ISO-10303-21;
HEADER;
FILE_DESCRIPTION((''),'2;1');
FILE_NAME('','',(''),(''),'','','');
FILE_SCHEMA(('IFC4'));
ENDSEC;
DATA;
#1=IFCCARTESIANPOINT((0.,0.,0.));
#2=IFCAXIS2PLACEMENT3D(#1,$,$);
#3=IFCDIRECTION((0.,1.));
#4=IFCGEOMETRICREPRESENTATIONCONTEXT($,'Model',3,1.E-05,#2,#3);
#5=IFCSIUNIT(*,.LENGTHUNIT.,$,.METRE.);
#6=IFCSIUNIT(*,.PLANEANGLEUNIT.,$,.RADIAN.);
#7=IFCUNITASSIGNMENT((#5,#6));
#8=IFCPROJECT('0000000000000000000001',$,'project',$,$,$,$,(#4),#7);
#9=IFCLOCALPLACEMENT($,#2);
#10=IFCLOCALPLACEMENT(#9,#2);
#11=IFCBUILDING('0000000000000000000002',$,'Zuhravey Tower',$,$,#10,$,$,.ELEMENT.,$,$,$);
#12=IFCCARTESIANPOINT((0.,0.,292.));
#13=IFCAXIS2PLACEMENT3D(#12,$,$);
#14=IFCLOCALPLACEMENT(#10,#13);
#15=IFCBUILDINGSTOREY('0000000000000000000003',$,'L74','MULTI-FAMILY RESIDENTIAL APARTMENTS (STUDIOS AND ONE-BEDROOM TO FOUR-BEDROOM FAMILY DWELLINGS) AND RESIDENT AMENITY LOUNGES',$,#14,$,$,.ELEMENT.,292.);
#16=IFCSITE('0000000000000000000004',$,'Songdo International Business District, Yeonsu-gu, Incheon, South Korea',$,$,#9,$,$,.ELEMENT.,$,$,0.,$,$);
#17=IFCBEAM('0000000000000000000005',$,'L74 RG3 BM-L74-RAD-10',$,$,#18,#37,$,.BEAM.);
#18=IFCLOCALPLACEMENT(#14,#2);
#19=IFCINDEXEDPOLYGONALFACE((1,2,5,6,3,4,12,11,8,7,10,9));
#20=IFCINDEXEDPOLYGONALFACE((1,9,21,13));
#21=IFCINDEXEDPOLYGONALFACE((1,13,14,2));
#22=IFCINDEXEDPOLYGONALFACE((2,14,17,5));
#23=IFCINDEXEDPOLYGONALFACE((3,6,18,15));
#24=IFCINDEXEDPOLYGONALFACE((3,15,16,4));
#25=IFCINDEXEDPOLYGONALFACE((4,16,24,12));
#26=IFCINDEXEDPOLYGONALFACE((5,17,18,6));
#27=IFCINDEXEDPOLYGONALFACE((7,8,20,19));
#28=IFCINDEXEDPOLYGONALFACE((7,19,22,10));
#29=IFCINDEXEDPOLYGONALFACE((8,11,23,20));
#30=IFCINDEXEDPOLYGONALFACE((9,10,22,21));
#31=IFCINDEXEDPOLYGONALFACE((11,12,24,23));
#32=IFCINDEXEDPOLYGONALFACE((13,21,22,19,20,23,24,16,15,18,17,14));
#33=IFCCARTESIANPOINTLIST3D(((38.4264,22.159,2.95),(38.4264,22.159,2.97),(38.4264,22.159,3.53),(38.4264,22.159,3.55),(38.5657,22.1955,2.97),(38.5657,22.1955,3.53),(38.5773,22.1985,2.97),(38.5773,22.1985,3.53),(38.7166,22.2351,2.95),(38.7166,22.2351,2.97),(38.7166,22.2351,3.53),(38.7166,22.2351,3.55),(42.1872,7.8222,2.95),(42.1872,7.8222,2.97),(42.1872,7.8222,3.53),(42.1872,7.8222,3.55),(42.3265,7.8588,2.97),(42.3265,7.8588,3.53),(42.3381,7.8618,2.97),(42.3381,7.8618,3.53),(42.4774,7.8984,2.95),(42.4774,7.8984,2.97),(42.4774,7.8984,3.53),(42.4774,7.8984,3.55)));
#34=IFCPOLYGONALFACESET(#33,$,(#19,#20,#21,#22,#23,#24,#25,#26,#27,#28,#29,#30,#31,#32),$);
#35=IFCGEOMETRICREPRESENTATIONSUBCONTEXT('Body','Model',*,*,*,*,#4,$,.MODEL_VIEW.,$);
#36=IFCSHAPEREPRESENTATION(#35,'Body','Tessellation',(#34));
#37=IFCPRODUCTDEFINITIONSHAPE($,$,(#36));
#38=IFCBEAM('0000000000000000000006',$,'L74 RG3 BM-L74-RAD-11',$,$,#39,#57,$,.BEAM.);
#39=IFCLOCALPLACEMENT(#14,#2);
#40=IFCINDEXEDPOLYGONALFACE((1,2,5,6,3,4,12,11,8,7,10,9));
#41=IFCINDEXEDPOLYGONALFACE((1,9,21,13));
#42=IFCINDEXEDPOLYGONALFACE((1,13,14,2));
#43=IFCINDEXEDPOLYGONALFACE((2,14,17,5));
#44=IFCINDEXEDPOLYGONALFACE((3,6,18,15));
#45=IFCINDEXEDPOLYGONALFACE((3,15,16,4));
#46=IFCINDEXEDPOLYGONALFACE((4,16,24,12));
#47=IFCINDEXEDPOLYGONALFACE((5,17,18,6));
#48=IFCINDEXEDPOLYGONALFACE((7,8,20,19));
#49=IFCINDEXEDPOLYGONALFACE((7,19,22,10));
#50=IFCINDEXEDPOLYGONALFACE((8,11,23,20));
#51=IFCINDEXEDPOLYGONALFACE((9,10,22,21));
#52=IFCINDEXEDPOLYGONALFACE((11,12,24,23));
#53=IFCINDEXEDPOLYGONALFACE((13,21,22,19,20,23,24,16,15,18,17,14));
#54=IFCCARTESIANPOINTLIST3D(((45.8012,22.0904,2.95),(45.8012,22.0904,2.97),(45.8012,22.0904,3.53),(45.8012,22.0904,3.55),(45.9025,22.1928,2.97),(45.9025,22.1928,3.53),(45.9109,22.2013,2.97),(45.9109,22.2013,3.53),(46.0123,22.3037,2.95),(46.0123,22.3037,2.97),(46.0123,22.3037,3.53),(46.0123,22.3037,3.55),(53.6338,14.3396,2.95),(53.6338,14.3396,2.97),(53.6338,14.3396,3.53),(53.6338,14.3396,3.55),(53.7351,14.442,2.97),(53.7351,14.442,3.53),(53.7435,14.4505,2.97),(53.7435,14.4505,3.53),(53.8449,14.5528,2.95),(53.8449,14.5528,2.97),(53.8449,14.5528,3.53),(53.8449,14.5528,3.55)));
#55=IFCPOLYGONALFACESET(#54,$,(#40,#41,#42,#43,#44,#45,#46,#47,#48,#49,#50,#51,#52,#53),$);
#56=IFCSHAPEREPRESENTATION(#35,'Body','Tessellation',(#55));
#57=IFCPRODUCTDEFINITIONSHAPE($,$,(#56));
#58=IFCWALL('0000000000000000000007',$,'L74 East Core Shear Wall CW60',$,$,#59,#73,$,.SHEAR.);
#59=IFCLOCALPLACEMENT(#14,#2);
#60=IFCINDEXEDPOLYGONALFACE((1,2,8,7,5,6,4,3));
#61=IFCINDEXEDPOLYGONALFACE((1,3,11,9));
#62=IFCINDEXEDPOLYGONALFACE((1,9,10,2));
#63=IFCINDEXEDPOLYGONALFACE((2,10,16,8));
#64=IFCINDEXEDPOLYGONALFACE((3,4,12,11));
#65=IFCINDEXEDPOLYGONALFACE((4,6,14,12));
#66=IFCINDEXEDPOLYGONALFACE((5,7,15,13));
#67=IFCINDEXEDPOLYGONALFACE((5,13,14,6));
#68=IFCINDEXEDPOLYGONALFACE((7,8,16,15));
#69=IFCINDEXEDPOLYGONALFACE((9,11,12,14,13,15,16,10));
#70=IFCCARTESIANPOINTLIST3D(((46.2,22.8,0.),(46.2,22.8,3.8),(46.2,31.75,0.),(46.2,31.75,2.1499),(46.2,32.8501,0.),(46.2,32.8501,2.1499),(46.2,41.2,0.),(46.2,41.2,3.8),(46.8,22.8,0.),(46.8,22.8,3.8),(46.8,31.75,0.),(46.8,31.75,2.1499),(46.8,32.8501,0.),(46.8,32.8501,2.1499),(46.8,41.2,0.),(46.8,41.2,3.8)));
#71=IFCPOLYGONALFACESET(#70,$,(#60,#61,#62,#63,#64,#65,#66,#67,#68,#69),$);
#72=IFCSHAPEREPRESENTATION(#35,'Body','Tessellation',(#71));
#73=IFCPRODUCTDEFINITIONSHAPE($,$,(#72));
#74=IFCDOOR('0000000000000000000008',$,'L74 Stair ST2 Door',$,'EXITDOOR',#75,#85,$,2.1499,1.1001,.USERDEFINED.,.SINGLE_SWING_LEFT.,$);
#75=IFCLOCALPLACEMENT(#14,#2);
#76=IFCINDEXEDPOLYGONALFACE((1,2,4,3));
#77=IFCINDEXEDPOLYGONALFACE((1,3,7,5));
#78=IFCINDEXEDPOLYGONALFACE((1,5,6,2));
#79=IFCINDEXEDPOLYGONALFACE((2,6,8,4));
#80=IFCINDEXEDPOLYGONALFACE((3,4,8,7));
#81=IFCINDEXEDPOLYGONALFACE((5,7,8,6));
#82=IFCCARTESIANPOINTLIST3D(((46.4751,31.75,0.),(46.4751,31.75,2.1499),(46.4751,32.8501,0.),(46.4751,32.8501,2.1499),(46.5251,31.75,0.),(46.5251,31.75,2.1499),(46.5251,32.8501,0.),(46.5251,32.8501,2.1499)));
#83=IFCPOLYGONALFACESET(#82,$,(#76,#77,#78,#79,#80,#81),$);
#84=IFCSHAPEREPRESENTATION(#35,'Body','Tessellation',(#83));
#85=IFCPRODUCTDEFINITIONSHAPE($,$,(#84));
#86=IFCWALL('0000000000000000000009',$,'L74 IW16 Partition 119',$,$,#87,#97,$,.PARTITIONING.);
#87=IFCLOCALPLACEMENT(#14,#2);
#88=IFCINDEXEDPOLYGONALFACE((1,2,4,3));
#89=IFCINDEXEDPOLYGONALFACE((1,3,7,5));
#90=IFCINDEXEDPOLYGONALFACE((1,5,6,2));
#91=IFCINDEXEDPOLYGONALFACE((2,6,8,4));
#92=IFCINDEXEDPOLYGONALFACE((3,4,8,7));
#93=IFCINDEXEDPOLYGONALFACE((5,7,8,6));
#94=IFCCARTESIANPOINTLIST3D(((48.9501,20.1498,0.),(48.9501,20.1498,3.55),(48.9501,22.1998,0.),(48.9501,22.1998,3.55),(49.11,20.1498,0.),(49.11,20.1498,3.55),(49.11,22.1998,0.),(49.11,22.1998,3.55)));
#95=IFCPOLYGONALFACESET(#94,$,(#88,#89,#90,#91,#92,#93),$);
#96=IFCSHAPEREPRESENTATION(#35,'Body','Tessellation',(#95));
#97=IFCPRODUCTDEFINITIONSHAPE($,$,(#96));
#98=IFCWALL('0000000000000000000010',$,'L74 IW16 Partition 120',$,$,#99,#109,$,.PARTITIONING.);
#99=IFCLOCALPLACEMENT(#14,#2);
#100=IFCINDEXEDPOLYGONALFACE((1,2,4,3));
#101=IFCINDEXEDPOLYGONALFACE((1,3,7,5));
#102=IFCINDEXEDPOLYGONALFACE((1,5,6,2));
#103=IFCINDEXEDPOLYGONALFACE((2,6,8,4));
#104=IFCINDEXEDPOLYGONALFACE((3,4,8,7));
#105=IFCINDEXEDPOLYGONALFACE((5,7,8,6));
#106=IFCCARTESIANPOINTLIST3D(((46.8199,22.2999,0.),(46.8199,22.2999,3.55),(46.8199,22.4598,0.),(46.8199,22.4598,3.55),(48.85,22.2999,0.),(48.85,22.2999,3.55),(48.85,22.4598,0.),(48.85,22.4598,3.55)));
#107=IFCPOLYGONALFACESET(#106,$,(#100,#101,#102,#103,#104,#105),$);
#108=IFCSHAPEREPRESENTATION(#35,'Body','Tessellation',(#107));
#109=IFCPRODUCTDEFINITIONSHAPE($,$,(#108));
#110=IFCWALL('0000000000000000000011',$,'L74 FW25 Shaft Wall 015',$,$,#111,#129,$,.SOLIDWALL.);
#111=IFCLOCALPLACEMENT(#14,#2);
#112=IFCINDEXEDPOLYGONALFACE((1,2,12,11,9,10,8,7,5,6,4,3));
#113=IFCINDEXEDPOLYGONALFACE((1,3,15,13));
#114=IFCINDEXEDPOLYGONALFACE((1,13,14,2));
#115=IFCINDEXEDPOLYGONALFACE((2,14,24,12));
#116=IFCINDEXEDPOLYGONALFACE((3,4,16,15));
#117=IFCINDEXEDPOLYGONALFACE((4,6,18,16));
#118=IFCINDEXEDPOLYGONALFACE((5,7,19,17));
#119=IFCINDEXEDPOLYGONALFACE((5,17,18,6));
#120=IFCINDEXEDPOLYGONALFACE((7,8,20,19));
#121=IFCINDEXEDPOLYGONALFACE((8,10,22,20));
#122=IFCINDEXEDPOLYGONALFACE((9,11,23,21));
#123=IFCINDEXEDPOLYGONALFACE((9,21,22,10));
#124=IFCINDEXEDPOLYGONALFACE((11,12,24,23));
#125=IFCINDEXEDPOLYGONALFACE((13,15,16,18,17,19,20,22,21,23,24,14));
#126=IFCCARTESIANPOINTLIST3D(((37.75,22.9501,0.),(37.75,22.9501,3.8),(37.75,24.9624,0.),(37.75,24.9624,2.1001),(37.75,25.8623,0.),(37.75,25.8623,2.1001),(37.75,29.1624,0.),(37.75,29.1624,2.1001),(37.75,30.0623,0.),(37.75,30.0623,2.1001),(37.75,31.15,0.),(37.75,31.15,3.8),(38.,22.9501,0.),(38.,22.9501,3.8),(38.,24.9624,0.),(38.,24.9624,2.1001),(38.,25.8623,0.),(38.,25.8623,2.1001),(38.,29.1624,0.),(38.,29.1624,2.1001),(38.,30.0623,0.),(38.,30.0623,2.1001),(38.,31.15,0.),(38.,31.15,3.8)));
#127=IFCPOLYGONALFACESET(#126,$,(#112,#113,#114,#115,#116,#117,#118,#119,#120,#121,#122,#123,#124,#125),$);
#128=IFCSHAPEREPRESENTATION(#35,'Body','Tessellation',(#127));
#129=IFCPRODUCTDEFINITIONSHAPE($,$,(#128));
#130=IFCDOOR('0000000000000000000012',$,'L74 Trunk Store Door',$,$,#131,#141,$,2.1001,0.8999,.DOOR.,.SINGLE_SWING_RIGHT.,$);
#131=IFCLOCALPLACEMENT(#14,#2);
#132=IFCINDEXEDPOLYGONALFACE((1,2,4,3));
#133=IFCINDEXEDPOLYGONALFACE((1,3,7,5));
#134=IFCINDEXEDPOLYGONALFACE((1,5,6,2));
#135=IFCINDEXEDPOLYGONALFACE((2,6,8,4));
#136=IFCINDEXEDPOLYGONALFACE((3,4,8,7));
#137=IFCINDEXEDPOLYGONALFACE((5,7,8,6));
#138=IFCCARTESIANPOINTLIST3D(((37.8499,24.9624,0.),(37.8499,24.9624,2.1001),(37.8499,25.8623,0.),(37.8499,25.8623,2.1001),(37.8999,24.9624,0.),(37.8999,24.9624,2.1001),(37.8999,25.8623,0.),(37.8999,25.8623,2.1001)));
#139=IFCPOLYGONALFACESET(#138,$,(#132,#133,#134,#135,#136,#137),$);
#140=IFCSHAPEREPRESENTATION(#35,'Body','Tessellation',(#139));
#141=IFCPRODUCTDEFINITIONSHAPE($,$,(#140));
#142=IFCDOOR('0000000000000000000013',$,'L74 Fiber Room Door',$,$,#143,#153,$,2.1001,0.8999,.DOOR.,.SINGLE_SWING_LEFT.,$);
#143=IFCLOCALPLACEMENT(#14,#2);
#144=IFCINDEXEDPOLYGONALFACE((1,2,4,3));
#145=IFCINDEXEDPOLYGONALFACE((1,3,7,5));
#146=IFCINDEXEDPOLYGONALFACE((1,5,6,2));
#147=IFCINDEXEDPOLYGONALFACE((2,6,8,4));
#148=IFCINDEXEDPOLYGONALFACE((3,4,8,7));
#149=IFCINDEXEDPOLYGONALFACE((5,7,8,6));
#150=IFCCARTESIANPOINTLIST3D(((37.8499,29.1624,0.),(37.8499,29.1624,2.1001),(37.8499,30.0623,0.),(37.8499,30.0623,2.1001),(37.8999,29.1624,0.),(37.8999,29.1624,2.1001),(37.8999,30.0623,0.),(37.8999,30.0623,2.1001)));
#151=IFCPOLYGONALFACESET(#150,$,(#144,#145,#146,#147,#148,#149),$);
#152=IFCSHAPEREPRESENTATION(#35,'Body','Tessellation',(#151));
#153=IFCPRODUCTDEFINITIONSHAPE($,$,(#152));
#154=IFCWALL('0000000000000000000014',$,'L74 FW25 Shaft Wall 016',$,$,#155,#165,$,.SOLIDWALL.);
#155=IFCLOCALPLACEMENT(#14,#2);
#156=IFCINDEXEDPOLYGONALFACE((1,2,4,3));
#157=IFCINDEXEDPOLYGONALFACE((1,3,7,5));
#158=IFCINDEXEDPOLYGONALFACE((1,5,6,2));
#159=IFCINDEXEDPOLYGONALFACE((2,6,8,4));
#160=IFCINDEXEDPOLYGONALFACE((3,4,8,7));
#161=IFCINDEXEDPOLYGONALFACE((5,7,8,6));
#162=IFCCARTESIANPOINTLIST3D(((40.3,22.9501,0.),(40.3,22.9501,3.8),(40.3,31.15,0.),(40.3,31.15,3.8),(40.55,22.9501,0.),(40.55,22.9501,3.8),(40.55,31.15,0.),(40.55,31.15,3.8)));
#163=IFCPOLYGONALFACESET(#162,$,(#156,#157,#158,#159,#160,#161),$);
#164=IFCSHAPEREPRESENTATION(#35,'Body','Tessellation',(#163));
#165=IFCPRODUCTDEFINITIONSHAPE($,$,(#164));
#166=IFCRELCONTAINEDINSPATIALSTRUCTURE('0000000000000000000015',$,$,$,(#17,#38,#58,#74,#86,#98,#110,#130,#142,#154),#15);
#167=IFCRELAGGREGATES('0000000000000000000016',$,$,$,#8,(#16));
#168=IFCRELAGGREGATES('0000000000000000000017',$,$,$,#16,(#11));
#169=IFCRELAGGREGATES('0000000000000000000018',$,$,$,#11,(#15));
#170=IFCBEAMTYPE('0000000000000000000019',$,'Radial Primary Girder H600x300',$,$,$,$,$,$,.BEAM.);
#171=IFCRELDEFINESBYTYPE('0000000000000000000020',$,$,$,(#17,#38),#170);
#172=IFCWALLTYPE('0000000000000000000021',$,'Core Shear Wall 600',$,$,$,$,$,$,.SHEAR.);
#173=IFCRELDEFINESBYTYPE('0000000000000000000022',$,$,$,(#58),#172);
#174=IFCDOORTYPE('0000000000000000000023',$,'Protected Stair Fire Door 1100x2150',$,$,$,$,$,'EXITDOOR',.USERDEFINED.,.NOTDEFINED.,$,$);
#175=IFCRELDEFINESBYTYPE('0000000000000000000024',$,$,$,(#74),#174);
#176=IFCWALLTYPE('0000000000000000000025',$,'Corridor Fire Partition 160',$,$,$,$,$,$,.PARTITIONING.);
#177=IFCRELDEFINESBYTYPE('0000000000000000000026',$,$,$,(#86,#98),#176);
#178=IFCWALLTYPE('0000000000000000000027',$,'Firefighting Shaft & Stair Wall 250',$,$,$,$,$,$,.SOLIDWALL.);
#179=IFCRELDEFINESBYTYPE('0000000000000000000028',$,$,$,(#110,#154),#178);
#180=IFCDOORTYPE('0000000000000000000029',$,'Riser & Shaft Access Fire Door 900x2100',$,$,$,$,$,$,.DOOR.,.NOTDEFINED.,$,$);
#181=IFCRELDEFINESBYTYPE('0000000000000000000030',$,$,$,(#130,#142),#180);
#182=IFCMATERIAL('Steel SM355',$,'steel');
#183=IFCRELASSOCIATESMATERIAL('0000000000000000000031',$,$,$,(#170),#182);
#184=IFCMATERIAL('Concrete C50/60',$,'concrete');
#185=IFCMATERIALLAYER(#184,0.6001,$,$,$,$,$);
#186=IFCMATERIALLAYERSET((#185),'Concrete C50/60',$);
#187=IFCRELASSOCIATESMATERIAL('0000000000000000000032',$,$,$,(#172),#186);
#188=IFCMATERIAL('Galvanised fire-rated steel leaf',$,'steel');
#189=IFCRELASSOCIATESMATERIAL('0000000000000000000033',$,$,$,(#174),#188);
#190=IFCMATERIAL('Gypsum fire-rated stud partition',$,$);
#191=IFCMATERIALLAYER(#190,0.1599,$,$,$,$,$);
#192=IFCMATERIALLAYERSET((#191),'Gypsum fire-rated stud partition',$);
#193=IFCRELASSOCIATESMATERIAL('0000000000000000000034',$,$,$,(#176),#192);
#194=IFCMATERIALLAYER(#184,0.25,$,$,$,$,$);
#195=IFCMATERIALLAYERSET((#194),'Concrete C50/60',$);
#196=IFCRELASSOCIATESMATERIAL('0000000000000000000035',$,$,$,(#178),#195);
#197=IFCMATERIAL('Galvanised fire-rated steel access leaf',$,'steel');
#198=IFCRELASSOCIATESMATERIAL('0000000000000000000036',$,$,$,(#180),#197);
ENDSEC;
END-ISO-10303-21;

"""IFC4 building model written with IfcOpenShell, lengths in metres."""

from ifc_helpers import new_model, si_unit, direction, frame, frame_2d, origin, origin_2d, place, context, subcontext, project, spatial, rectangle, i_section, extrude, material, layer, layer_set, material_profile, profile_set, type_object, element, fill, save


model = new_model("IFC4")

# Units and contexts
model_context = context("Model", 3, precision=1e-05, world=origin(), true_north=direction((0.0, 1.0)))
body_context = subcontext(model_context, "Body", "Model", "MODEL_VIEW")
ifc_project = project(units=[si_unit("LENGTHUNIT", "METRE"), si_unit("PLANEANGLEUNIT", "RADIAN")], contexts=[model_context])

# Site, building, storey
site_placement = place(None, origin())
site = spatial("IfcSite", under=ifc_project, at=site_placement, Name="Songdo International Business District, Yeonsu-gu, Incheon, South Korea", CompositionType="ELEMENT", RefElevation=0.0)
building_placement = place(site_placement, origin())
building = spatial("IfcBuilding", under=site, at=building_placement, Name="Zuhravey Tower", CompositionType="ELEMENT")
storey_placement = place(building_placement, frame((0.0, 0.0, 292.0)))
storey = spatial("IfcBuildingStorey", under=building, at=storey_placement, Name="L74", Description="MULTI-FAMILY RESIDENTIAL APARTMENTS (STUDIOS AND ONE-BEDROOM TO FOUR-BEDROOM FAMILY DWELLINGS) AND RESIDENT AMENITY LOUNGES", CompositionType="ELEMENT", Elevation=292.0)

# Beams
ifc_material_1 = material(Name="Steel SM355", Category="steel")
ifc_material_profile = material_profile(ifc_material_1, i_section(OverallWidth=0.3, OverallDepth=0.6001, WebThickness=0.012, FlangeThickness=0.02, at=origin_2d()), Name="H-600x300x12x20")
ifc_profile_set = profile_set([ifc_material_profile], Name="Steel SM355")
beam_type = type_object("IfcBeamType", Name="Radial Primary Girder H600x300", PredefinedType="BEAM", material=ifc_profile_set)
beam_1_placement = place(storey_placement, frame((38.5715, 22.197, 3.25), z_axis=(0.253732, -0.967275, 0.0), x_axis=(0.967275, 0.253732, 0.0)))
element("IfcBeam", 1, at=beam_1_placement, inside=storey, type_object=beam_type, Name="L74 RG3 BM-L74-RAD-10", PredefinedType="BEAM", context=body_context, shape_type="SweptSolid", body=[
    extrude(i_section(OverallWidth=0.3, OverallDepth=0.6001, WebThickness=0.012, FlangeThickness=0.02, at=origin_2d()), origin(), (0.0, 0.0, 1.0), 14.8218),
])
beam_2_placement = place(storey_placement, frame((45.9067, 22.197, 3.25), z_axis=(0.710808, -0.703386, 0.0), x_axis=(0.703386, 0.710808, 0.0)))
element("IfcBeam", 2, at=beam_2_placement, inside=storey, type_object=beam_type, Name="L74 RG3 BM-L74-RAD-11", PredefinedType="BEAM", context=body_context, shape_type="SweptSolid", body=[
    extrude(i_section(OverallWidth=0.3, OverallDepth=0.6001, WebThickness=0.012, FlangeThickness=0.02, at=origin_2d()), origin(), (0.0, 0.0, 1.0), 11.0193),
])

# Wall, opening, door
ifc_material_2 = material(Name="Concrete C50/60", Category="concrete")
ifc_layer_1 = layer(ifc_material_2, 0.6001)
ifc_layer_set_1 = layer_set([ifc_layer_1], Name="Concrete C50/60")
wall_type_1 = type_object("IfcWallType", Name="Core Shear Wall 600", PredefinedType="SHEAR", material=ifc_layer_set_1)
ifc_material_3 = material(Name="Galvanised fire-rated steel leaf", Category="steel")
wall_1_placement = place(storey_placement, frame((46.5, 22.8, 0.0), z_axis=(0.0, 0.0, 1.0), x_axis=(0.0, 1.0, 0.0)))
wall_1 = element("IfcWall", 3, at=wall_1_placement, inside=storey, type_object=wall_type_1, Name="L74 East Core Shear Wall CW60", PredefinedType="SHEAR", context=body_context, shape_type="SweptSolid", body=[
    extrude(rectangle(XDim=18.3999, YDim=0.6001, at=frame_2d((9.2, 0.0))), origin(), (0.0, 0.0, 1.0), 3.8),
])
opening_1_placement = place(wall_1_placement, frame((8.95, 0.0, 0.0)))
opening_1 = element("IfcOpeningElement", 4, at=opening_1_placement, cuts=wall_1, PredefinedType="OPENING", context=body_context, shape_type="SweptSolid", body=[
    extrude(rectangle(XDim=1.1001, YDim=2.1499, at=frame_2d((0.55, 1.075))), frame((0.0, 0.312, 0.0), z_axis=(0.0, -1.0, 0.0), x_axis=(1.0, 0.0, 0.0)), (0.0, 0.0, 1.0), 0.624),
])
door_type_1 = type_object("IfcDoorType", Name="Protected Stair Fire Door 1100x2150", ElementType="EXITDOOR", OperationType="NOTDEFINED", PredefinedType="USERDEFINED", material=ifc_material_3)
door_1_placement = place(opening_1_placement, origin())
door_1 = element("IfcDoor", 5, at=door_1_placement, inside=storey, type_object=door_type_1, Name="L74 Stair ST2 Door", ObjectType="EXITDOOR", OperationType="SINGLE_SWING_LEFT", OverallHeight=2.1499, OverallWidth=1.1001, PredefinedType="USERDEFINED", context=body_context, shape_type="SweptSolid", body=[
    extrude(rectangle(XDim=1.1001, YDim=2.1499, at=frame_2d((0.55, 1.075))), frame((0.0, 0.0249, 0.0), z_axis=(0.0, -1.0, 0.0), x_axis=(1.0, 0.0, 0.0)), (0.0, 0.0, 1.0), 0.05),
])
fill(opening_1, door_1)
ifc_material_4 = material(Name="Gypsum fire-rated stud partition")
ifc_layer_2 = layer(ifc_material_4, 0.1599)
ifc_layer_set_2 = layer_set([ifc_layer_2], Name="Gypsum fire-rated stud partition")
wall_type_2 = type_object("IfcWallType", Name="Corridor Fire Partition 160", PredefinedType="PARTITIONING", material=ifc_layer_set_2)

# Walls
wall_2_placement = place(storey_placement, frame((49.03, 20.1499, 0.0), z_axis=(0.0, 0.0, 1.0), x_axis=(0.0, 1.0, 0.0)))
element("IfcWall", 6, at=wall_2_placement, inside=storey, type_object=wall_type_2, Name="L74 IW16 Partition 119", PredefinedType="PARTITIONING", context=body_context, shape_type="SweptSolid", body=[
    extrude(rectangle(XDim=2.05, YDim=0.1599, at=frame_2d((1.0249, 0.0))), origin(), (0.0, 0.0, 1.0), 3.55),
])
wall_3_placement = place(storey_placement, frame((48.8501, 22.3799, 0.0), z_axis=(0.0, 0.0, 1.0), x_axis=(-1.0, 0.0, 0.0)))
element("IfcWall", 7, at=wall_3_placement, inside=storey, type_object=wall_type_2, Name="L74 IW16 Partition 120", PredefinedType="PARTITIONING", context=body_context, shape_type="SweptSolid", body=[
    extrude(rectangle(XDim=2.03, YDim=0.1599, at=frame_2d((1.0151, 0.0))), origin(), (0.0, 0.0, 1.0), 3.55),
])

# Wall, openings, doors
ifc_layer_3 = layer(ifc_material_2, 0.25)
ifc_layer_set_3 = layer_set([ifc_layer_3], Name="Concrete C50/60")
wall_type_3 = type_object("IfcWallType", Name="Firefighting Shaft & Stair Wall 250", PredefinedType="SOLIDWALL", material=ifc_layer_set_3)
wall_4_placement = place(storey_placement, frame((37.875, 22.95, 0.0), z_axis=(0.0, 0.0, 1.0), x_axis=(0.0, 1.0, 0.0)))
wall_4 = element("IfcWall", 8, at=wall_4_placement, inside=storey, type_object=wall_type_3, Name="L74 FW25 Shaft Wall 015", PredefinedType="SOLIDWALL", context=body_context, shape_type="SweptSolid", body=[
    extrude(rectangle(XDim=8.2, YDim=0.25, at=frame_2d((4.1001, 0.0))), origin(), (0.0, 0.0, 1.0), 3.8),
])
opening_2_placement = place(wall_4_placement, frame((2.0125, 0.0, 0.0)))
opening_2 = element("IfcOpeningElement", 9, at=opening_2_placement, cuts=wall_4, PredefinedType="OPENING", context=body_context, shape_type="SweptSolid", body=[
    extrude(rectangle(XDim=0.8999, YDim=2.1001, at=frame_2d((0.45, 1.05))), frame((0.0, 0.137, 0.0), z_axis=(0.0, -1.0, 0.0), x_axis=(1.0, 0.0, 0.0)), (0.0, 0.0, 1.0), 0.2739),
])
opening_3_placement = place(wall_4_placement, frame((6.2124, 0.0, 0.0)))
opening_3 = element("IfcOpeningElement", 10, at=opening_3_placement, cuts=wall_4, PredefinedType="OPENING", context=body_context, shape_type="SweptSolid", body=[
    extrude(rectangle(XDim=0.8999, YDim=2.1001, at=frame_2d((0.45, 1.05))), frame((0.0, 0.137, 0.0), z_axis=(0.0, -1.0, 0.0), x_axis=(1.0, 0.0, 0.0)), (0.0, 0.0, 1.0), 0.2739),
])
ifc_material_5 = material(Name="Galvanised fire-rated steel access leaf", Category="steel")
door_type_2 = type_object("IfcDoorType", Name="Riser & Shaft Access Fire Door 900x2100", OperationType="NOTDEFINED", PredefinedType="DOOR", material=ifc_material_5)
door_2_placement = place(opening_2_placement, frame((0.8999, 0.0, 0.0), z_axis=(0.0, 0.0, 1.0), x_axis=(-1.0, 0.0, 0.0)))
door_2 = element("IfcDoor", 11, at=door_2_placement, inside=storey, type_object=door_type_2, Name="L74 Trunk Store Door", OperationType="SINGLE_SWING_RIGHT", OverallHeight=2.1001, OverallWidth=0.8999, PredefinedType="DOOR", context=body_context, shape_type="SweptSolid", body=[
    extrude(rectangle(XDim=0.8999, YDim=2.1001, at=frame_2d((0.45, 1.05))), frame((0.0, 0.0249, 0.0), z_axis=(0.0, -1.0, 0.0), x_axis=(1.0, 0.0, 0.0)), (0.0, 0.0, 1.0), 0.05),
])
fill(opening_2, door_2)
door_3_placement = place(opening_3_placement, frame((0.8999, 0.0, 0.0), z_axis=(0.0, 0.0, 1.0), x_axis=(-1.0, 0.0, 0.0)))
door_3 = element("IfcDoor", 12, at=door_3_placement, inside=storey, type_object=door_type_2, Name="L74 Fiber Room Door", OperationType="SINGLE_SWING_LEFT", OverallHeight=2.1001, OverallWidth=0.8999, PredefinedType="DOOR", context=body_context, shape_type="SweptSolid", body=[
    extrude(rectangle(XDim=0.8999, YDim=2.1001, at=frame_2d((0.45, 1.05))), frame((0.0, 0.0249, 0.0), z_axis=(0.0, -1.0, 0.0), x_axis=(1.0, 0.0, 0.0)), (0.0, 0.0, 1.0), 0.05),
])
fill(opening_3, door_3)

# Wall
wall_5_placement = place(storey_placement, frame((40.425, 22.95, 0.0), z_axis=(0.0, 0.0, 1.0), x_axis=(0.0, 1.0, 0.0)))
element("IfcWall", 13, at=wall_5_placement, inside=storey, type_object=wall_type_3, Name="L74 FW25 Shaft Wall 016", PredefinedType="SOLIDWALL", context=body_context, shape_type="SweptSolid", body=[
    extrude(rectangle(XDim=8.2, YDim=0.25, at=frame_2d((4.1001, 0.0))), origin(), (0.0, 0.0, 1.0), 3.8),
])

save(model, "model.ifc")
